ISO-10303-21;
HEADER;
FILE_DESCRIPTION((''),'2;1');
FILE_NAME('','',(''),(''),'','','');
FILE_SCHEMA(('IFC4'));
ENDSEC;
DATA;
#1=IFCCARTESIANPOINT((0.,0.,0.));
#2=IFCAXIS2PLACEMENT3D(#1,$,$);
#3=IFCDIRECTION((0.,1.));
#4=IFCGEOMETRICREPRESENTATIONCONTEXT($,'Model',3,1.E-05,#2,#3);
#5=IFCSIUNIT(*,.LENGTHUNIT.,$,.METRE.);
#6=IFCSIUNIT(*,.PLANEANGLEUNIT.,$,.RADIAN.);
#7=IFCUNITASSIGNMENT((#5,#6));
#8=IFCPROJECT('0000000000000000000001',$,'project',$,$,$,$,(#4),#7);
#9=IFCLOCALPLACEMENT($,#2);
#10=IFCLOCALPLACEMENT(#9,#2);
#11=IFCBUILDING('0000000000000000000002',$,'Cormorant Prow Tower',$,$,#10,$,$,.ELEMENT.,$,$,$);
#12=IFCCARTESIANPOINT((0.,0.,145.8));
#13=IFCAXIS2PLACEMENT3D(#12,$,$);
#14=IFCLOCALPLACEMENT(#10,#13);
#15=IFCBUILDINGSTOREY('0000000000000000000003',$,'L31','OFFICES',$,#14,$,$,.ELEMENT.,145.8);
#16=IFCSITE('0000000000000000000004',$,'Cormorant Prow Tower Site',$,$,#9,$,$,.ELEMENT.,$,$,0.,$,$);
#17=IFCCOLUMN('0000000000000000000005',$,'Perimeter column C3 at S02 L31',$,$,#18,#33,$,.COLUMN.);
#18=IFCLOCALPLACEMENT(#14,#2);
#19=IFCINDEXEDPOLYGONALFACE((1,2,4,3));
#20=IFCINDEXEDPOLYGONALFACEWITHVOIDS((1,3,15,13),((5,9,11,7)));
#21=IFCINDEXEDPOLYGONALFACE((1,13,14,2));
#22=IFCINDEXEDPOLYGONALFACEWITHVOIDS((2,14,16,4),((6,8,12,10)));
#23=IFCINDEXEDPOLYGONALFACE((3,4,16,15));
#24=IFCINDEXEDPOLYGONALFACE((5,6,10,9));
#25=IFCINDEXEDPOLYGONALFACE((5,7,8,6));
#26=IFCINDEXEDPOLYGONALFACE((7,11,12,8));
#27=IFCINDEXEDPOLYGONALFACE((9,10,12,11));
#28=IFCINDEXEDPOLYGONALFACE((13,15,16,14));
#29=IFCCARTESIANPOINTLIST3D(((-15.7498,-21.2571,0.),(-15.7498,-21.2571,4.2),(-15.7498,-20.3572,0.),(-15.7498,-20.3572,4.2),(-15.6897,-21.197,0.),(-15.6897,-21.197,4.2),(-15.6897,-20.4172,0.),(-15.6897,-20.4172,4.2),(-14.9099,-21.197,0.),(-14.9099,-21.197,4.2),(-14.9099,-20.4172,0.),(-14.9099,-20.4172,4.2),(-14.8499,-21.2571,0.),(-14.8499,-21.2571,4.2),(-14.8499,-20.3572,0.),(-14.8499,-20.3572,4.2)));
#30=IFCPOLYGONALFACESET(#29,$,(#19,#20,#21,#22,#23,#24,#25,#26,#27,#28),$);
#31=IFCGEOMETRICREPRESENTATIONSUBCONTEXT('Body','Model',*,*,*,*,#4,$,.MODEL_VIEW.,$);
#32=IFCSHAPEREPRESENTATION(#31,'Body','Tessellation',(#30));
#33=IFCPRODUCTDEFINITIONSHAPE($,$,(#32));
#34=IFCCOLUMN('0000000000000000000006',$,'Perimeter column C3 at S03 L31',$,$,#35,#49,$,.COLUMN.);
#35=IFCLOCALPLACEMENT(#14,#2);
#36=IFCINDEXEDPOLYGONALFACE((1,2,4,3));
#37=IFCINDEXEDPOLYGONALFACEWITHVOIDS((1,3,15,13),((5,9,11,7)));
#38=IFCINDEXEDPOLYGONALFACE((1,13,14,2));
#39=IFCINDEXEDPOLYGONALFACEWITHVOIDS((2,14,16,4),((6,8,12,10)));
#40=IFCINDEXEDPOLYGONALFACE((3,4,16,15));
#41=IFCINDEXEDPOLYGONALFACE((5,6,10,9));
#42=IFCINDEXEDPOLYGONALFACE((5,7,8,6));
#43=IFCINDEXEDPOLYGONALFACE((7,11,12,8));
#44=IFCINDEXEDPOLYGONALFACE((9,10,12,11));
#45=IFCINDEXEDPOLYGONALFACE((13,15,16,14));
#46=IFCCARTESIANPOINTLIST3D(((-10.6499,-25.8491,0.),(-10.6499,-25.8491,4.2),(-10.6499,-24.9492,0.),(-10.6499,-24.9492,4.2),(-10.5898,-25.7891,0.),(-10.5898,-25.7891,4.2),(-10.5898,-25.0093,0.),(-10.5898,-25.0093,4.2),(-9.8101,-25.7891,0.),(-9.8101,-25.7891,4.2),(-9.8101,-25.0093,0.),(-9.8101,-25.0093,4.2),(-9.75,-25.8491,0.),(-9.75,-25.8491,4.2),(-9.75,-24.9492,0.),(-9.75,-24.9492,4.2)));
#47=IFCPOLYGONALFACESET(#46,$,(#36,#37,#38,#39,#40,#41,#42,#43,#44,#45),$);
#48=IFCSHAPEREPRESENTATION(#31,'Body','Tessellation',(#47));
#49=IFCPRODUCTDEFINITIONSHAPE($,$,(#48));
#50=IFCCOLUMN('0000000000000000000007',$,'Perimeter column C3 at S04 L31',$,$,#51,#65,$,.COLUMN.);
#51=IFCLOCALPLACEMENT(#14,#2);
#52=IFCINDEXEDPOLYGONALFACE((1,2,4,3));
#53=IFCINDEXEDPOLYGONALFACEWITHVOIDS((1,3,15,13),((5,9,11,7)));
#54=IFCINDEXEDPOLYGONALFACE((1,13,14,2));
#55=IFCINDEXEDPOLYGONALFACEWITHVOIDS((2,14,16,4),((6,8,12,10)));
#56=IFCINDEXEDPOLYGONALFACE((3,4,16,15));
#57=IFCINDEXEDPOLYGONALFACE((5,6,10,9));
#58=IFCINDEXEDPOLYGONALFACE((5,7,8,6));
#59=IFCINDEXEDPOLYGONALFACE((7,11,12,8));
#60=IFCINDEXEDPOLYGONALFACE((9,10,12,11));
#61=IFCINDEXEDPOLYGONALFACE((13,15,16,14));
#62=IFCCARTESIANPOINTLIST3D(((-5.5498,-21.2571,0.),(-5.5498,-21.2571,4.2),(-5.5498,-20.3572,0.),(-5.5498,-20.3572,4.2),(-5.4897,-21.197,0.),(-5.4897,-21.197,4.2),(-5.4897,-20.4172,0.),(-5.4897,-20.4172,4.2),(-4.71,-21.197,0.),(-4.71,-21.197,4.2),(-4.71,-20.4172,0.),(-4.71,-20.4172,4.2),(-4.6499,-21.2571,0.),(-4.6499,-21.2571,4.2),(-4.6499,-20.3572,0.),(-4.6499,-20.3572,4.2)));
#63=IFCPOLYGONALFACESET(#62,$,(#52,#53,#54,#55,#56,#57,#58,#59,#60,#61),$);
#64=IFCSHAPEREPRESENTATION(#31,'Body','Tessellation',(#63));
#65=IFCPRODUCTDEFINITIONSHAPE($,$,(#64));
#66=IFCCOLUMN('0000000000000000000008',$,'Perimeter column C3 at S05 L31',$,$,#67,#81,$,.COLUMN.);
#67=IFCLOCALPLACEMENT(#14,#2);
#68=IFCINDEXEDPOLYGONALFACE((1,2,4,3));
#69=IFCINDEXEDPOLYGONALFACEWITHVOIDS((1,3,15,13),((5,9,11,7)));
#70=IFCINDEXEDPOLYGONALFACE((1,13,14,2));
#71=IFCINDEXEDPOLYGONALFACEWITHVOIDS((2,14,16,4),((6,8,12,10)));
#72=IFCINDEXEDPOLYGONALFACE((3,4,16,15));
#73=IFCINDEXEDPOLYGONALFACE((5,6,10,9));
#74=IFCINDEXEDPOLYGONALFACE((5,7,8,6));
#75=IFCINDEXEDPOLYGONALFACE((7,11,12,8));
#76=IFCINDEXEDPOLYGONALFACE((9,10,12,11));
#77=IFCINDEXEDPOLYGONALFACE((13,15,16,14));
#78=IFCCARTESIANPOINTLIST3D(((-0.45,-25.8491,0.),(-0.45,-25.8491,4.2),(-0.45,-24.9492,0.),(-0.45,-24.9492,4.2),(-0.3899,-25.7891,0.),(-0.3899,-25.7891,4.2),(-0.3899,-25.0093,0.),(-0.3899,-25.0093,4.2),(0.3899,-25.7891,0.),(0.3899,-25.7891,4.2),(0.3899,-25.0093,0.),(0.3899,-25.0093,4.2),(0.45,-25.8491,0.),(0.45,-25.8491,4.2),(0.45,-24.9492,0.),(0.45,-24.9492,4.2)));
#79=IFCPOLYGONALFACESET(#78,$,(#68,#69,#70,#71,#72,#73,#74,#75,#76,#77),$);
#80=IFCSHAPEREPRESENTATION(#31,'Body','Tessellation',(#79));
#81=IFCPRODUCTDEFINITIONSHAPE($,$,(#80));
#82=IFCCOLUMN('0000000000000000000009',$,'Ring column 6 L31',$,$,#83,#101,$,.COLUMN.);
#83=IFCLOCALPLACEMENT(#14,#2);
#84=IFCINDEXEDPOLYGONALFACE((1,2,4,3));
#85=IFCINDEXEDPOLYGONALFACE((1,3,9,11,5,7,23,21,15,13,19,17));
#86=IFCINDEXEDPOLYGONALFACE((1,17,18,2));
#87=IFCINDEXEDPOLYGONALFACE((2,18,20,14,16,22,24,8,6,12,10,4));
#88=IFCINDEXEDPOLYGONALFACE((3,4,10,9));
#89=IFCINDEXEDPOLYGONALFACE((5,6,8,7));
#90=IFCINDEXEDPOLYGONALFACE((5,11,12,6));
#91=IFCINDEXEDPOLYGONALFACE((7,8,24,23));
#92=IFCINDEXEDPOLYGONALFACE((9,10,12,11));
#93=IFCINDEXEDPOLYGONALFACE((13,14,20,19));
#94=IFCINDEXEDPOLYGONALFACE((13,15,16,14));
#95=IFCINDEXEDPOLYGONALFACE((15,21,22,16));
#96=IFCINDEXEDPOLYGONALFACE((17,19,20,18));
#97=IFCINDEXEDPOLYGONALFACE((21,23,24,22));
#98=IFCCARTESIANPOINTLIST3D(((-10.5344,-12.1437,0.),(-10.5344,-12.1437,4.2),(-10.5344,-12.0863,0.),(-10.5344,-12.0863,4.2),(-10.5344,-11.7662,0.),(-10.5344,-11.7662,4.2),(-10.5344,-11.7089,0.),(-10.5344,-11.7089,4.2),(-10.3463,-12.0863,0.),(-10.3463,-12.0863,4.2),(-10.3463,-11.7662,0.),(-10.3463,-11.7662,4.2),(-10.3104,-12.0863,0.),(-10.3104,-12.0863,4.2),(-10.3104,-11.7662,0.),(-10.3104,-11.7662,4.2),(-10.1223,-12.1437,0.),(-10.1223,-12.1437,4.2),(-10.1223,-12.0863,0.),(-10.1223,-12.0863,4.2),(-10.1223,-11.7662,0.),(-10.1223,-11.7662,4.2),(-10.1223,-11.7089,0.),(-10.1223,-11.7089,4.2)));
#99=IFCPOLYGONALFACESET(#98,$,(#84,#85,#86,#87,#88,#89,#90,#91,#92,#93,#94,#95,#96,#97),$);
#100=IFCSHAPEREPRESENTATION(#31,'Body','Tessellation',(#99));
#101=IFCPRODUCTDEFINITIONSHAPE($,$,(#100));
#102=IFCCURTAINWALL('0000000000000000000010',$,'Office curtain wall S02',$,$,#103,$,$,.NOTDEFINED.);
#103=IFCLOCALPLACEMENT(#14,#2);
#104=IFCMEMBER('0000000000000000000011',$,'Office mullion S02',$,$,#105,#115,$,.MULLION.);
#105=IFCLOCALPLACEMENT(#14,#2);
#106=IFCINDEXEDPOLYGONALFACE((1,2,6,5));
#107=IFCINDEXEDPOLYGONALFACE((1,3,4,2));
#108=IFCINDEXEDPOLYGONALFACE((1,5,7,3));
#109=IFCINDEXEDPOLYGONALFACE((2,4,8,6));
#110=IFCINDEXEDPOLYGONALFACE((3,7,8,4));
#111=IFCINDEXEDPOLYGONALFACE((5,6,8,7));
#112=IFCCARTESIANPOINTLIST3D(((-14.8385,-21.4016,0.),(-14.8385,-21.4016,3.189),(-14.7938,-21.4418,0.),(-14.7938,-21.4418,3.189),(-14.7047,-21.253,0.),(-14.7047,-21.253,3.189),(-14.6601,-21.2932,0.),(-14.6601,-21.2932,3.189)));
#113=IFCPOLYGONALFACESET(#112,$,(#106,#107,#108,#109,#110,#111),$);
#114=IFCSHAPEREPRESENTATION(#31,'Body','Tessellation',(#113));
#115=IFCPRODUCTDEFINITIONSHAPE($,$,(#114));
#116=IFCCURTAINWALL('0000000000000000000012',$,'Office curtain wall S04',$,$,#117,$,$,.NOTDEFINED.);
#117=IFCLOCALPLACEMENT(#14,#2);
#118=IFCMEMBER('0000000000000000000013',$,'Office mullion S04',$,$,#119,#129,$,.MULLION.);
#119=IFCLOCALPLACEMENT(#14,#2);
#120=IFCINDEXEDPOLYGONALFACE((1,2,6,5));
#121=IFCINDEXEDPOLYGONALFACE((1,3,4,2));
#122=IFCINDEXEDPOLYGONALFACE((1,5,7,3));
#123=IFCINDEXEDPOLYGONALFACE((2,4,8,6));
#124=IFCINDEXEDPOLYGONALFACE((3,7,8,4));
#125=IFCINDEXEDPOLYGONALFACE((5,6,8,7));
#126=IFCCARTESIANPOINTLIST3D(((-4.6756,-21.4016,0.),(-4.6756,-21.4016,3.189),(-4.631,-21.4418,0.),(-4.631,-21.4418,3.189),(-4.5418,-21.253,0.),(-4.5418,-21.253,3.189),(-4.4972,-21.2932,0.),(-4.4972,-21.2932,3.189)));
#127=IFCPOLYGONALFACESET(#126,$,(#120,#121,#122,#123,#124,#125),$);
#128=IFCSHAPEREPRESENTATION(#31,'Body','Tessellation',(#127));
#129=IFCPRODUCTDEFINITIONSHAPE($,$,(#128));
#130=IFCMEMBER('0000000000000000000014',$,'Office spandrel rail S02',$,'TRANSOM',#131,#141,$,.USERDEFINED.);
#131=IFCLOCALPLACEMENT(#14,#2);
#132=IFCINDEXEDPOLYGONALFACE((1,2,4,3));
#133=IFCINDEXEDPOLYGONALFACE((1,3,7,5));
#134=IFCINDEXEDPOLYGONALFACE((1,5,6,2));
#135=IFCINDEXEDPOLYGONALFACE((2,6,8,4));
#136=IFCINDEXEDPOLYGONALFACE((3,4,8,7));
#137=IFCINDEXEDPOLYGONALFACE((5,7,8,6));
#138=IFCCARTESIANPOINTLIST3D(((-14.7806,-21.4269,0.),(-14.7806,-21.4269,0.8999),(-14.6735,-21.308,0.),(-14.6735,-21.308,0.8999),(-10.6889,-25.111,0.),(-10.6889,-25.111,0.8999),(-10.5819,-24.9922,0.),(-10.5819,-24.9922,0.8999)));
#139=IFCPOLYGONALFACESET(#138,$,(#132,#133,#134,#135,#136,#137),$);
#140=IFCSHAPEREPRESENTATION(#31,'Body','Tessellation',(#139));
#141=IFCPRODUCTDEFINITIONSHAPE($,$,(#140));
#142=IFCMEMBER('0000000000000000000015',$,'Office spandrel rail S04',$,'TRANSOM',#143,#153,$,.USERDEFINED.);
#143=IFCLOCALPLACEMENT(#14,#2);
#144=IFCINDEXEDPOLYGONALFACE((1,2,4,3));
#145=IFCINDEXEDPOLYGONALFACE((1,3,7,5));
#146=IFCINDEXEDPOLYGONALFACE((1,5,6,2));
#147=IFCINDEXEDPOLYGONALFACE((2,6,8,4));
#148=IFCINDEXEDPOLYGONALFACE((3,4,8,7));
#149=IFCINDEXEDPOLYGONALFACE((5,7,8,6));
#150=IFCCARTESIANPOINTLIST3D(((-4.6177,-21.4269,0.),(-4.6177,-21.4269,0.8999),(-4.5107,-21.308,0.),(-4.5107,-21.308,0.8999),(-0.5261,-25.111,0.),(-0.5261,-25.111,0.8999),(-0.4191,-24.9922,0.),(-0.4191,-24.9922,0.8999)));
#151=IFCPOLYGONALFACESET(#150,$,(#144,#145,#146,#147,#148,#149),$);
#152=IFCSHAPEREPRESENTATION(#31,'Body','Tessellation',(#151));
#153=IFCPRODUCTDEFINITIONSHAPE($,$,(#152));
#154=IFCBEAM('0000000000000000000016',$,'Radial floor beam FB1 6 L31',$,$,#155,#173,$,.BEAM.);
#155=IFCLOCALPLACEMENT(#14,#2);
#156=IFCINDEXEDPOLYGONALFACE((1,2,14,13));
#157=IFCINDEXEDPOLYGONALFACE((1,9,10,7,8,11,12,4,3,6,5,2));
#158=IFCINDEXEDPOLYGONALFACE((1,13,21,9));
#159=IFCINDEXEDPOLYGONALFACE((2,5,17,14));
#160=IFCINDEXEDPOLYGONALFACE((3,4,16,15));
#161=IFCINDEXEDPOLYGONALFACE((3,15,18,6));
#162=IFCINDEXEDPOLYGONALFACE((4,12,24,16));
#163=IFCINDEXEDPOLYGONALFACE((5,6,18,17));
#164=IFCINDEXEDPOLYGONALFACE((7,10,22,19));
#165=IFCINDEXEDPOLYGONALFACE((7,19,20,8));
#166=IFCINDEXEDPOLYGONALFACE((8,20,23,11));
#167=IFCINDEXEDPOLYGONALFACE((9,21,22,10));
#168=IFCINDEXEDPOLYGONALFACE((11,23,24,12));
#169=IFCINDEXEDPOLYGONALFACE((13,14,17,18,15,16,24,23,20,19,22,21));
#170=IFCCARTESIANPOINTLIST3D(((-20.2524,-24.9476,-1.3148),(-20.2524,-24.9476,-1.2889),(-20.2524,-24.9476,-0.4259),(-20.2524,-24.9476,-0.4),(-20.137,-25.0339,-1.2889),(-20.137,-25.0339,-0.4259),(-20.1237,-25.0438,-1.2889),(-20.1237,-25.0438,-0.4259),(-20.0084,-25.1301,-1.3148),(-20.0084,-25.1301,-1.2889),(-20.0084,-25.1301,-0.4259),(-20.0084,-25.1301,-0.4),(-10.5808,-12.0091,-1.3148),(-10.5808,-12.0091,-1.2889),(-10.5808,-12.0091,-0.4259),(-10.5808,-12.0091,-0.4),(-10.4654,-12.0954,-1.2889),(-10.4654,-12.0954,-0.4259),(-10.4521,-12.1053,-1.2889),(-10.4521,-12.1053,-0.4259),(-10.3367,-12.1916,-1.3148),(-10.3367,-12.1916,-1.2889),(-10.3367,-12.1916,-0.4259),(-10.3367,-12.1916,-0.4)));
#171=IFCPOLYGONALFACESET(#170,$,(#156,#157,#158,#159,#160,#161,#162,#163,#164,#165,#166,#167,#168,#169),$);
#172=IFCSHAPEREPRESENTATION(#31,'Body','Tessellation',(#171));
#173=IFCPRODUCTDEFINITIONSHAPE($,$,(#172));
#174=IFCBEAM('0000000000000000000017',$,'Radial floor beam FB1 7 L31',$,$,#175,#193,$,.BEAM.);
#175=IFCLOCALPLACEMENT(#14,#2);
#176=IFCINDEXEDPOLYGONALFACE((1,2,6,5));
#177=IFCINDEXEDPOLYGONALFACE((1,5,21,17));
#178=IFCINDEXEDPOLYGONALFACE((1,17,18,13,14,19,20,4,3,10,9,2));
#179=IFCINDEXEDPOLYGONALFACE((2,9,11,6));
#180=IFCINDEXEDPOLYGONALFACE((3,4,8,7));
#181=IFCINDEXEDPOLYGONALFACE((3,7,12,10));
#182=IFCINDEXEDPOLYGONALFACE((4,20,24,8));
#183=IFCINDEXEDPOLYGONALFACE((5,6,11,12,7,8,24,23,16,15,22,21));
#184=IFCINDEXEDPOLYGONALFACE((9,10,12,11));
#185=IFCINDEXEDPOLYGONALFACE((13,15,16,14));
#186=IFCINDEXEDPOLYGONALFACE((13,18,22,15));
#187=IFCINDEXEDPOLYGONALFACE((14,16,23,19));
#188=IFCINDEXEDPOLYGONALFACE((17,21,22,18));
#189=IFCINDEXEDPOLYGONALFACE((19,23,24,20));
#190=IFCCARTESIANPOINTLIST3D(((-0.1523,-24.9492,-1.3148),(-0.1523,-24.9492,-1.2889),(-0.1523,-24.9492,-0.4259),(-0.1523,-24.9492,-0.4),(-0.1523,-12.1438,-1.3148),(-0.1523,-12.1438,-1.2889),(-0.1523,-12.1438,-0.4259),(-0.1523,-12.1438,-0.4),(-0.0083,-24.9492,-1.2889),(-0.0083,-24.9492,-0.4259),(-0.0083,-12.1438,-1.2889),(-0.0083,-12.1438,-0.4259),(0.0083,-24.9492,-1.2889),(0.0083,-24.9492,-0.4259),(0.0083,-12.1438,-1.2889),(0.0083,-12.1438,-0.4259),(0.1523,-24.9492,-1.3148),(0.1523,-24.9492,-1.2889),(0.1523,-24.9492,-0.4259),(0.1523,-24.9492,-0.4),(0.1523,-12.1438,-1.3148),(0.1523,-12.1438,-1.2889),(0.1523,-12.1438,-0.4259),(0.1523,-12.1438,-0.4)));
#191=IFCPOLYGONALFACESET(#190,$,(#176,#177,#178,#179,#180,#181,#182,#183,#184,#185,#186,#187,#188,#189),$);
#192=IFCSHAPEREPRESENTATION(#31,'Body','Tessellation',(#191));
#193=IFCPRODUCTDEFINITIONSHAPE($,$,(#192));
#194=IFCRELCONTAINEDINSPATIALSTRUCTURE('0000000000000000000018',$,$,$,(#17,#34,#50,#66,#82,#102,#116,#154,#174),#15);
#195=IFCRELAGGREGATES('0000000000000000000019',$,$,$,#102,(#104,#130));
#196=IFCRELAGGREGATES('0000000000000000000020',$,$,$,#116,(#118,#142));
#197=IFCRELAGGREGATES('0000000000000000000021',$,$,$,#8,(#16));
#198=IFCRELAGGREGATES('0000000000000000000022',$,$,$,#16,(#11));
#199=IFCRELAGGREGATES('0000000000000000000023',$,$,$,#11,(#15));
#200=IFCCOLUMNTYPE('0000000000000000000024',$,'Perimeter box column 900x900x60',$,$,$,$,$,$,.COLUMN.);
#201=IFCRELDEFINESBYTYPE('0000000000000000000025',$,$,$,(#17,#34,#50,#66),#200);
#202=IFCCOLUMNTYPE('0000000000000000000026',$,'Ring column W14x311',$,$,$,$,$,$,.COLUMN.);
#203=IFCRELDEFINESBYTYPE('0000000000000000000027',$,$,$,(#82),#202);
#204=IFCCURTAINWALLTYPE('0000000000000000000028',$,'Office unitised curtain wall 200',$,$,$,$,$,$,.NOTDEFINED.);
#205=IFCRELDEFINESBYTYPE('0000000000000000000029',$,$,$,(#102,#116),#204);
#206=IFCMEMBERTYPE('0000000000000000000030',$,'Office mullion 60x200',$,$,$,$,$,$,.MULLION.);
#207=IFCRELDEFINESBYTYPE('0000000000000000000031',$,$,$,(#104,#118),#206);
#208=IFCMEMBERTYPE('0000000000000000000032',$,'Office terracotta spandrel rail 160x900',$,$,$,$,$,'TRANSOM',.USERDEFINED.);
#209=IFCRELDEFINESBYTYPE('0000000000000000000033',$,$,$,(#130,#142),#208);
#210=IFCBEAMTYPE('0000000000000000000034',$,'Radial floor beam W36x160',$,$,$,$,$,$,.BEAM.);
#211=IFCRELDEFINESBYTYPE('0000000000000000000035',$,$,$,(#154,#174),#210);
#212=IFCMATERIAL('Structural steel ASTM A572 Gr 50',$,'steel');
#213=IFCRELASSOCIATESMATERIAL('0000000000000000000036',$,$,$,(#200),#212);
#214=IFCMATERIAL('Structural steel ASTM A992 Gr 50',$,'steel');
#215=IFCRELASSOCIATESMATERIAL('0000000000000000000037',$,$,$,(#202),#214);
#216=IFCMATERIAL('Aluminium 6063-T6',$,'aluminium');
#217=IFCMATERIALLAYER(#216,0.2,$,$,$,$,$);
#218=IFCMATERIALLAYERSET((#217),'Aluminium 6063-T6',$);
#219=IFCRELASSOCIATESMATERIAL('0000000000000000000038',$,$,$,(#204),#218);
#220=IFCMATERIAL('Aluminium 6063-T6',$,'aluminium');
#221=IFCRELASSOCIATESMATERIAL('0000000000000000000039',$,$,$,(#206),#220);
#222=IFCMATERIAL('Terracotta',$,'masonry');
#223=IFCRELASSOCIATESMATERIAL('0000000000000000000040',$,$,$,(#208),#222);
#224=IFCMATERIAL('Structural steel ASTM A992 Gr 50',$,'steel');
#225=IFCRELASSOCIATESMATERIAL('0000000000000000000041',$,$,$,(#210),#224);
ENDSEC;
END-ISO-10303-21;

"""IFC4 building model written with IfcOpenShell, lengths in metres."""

from ifc_helpers import new_model, si_unit, direction, frame, origin, origin_2d, place, context, subcontext, project, spatial, rectangle, hollow_rectangle, i_section, extrude, material, layer, layer_set, material_profile, profile_set, type_object, element, aggregate, save


model = new_model("IFC4")

# Units and contexts
model_context = context("Model", 3, precision=1e-05, world=origin(), true_north=direction((0.0, 1.0)))
body_context = subcontext(model_context, "Body", "Model", "MODEL_VIEW")
ifc_project = project(units=[si_unit("LENGTHUNIT", "METRE"), si_unit("PLANEANGLEUNIT", "RADIAN")], contexts=[model_context])

# Site, building, storey
site_placement = place(None, origin())
site = spatial("IfcSite", under=ifc_project, at=site_placement, Name="Cormorant Prow Tower Site", CompositionType="ELEMENT", RefElevation=0.0)
building_placement = place(site_placement, origin())
building = spatial("IfcBuilding", under=site, at=building_placement, Name="Cormorant Prow Tower", CompositionType="ELEMENT")
storey_placement = place(building_placement, frame((0.0, 0.0, 145.8)))
storey = spatial("IfcBuildingStorey", under=building, at=storey_placement, Name="L31", Description="OFFICES", CompositionType="ELEMENT", Elevation=145.8)

# Columns
ifc_material_1 = material(Name="Structural steel ASTM A572 Gr 50", Category="steel")
ifc_material_profile_1 = material_profile(ifc_material_1, hollow_rectangle(XDim=0.8999, YDim=0.8999, WallThickness=0.0601, at=origin_2d()), Name="Box 900x900x60")
ifc_profile_set_1 = profile_set([ifc_material_profile_1], Name="Structural steel ASTM A572 Gr 50")
column_type_1 = type_object("IfcColumnType", Name="Perimeter box column 900x900x60", PredefinedType="COLUMN", material=ifc_profile_set_1)
for number, where, z_axis, x_axis, name in (
    (1, (-15.2998, -20.8071, 0.0), (0.0, 0.0, 1.0), (1.0, 0.0, 0.0), "Perimeter column C3 at S02 L31"),
    (2, (-10.2, -25.3992, 0.0), (0.0, 0.0, 1.0), (1.0, 0.0, 0.0), "Perimeter column C3 at S03 L31"),
    (3, (-5.0999, -20.8071, 0.0), (0.0, 0.0, 1.0), (1.0, 0.0, 0.0), "Perimeter column C3 at S04 L31"),
    (4, (0.0, -25.3992, 0.0), (0.0, 0.0, 1.0), (1.0, 0.0, 0.0), "Perimeter column C3 at S05 L31"),
):
    element("IfcColumn", number, at=place(storey_placement, frame(where, z_axis=z_axis, x_axis=x_axis)), inside=storey, type_object=column_type_1, Name=name, PredefinedType="COLUMN", context=body_context, shape_type="SweptSolid", body=[
        extrude(hollow_rectangle(XDim=0.8999, YDim=0.8999, WallThickness=0.0601, at=origin_2d()), origin(), (0.0, 0.0, 1.0), 4.2),
    ])
ifc_material_2 = material(Name="Structural steel ASTM A992 Gr 50", Category="steel")
ifc_material_profile_2 = material_profile(ifc_material_2, i_section(OverallWidth=0.4121, OverallDepth=0.4348, WebThickness=0.0359, FlangeThickness=0.0574, at=origin_2d()), Name="W14x311")
ifc_profile_set_2 = profile_set([ifc_material_profile_2], Name="Structural steel ASTM A992 Gr 50")
column_type_2 = type_object("IfcColumnType", Name="Ring column W14x311", PredefinedType="COLUMN", material=ifc_profile_set_2)
column_placement = place(storey_placement, frame((-10.3284, -11.9263, 0.0), z_axis=(0.0, 0.0, 1.0), x_axis=(1.0, 0.0, 0.0)))
element("IfcColumn", 5, at=column_placement, inside=storey, type_object=column_type_2, Name="Ring column 6 L31", PredefinedType="COLUMN", context=body_context, shape_type="SweptSolid", body=[
    extrude(i_section(OverallWidth=0.4121, OverallDepth=0.4348, WebThickness=0.0359, FlangeThickness=0.0574, at=origin_2d()), origin(), (0.0, 0.0, 1.0), 4.2),
])

# Curtain walls, members
ifc_material_3 = material(Name="Aluminium 6063-T6", Category="aluminium")
ifc_layer_1 = layer(ifc_material_3, 0.2)
ifc_layer_set_1 = layer_set([ifc_layer_1], Name="Aluminium 6063-T6")
curtain_wall_type = type_object("IfcCurtainWallType", Name="Office unitised curtain wall 200", PredefinedType="NOTDEFINED", material=ifc_layer_set_1)
curtain_wall_1_placement = place(storey_placement, origin())
curtain_wall_1 = element("IfcCurtainWall", 6, at=curtain_wall_1_placement, inside=storey, type_object=curtain_wall_type, Name="Office curtain wall S02", PredefinedType="NOTDEFINED")
ifc_material_4 = material(Name="Aluminium 6063-T6", Category="aluminium")
ifc_material_profile_3 = material_profile(ifc_material_4, rectangle(XDim=0.2, YDim=0.0601, at=origin_2d()), Name="Office mullion 60x200")
ifc_profile_set_3 = profile_set([ifc_material_profile_3], Name="Aluminium 6063-T6")
member_type_1 = type_object("IfcMemberType", Name="Office mullion 60x200", PredefinedType="MULLION", material=ifc_profile_set_3)
member_1_placement = place(storey_placement, frame((-14.7493, -21.3474, 0.0), z_axis=(0.0, 0.0, 1.0), x_axis=(0.669131, 0.743145, 0.0)))
member_1 = element("IfcMember", 7, at=member_1_placement, type_object=member_type_1, Name="Office mullion S02", PredefinedType="MULLION", context=body_context, shape_type="SweptSolid", body=[
    extrude(rectangle(XDim=0.2, YDim=0.0601, at=origin_2d()), origin(), (0.0, 0.0, 1.0), 3.189),
])
curtain_wall_2_placement = place(storey_placement, origin())
curtain_wall_2 = element("IfcCurtainWall", 8, at=curtain_wall_2_placement, inside=storey, type_object=curtain_wall_type, Name="Office curtain wall S04", PredefinedType="NOTDEFINED")
member_2_placement = place(storey_placement, frame((-4.5864, -21.3474, 0.0), z_axis=(0.0, 0.0, 1.0), x_axis=(0.669131, 0.743145, 0.0)))
member_2 = element("IfcMember", 9, at=member_2_placement, type_object=member_type_1, Name="Office mullion S04", PredefinedType="MULLION", context=body_context, shape_type="SweptSolid", body=[
    extrude(rectangle(XDim=0.2, YDim=0.0601, at=origin_2d()), origin(), (0.0, 0.0, 1.0), 3.189),
])

# Members
ifc_material_5 = material(Name="Terracotta", Category="masonry")
ifc_material_profile_4 = material_profile(ifc_material_5, rectangle(XDim=0.1599, YDim=0.8999, at=origin_2d()), Name="Office terracotta spandrel rail 160x900")
ifc_profile_set_4 = profile_set([ifc_material_profile_4], Name="Terracotta")
member_type_2 = type_object("IfcMemberType", Name="Office terracotta spandrel rail 160x900", ElementType="TRANSOM", PredefinedType="USERDEFINED", material=ifc_profile_set_4)
member_3_placement = place(storey_placement, frame((-14.7271, -21.3674, 0.45), z_axis=(0.743142, -0.669134, 0.0), x_axis=(0.669134, 0.743142, 0.0)))
member_3 = element("IfcMember", 10, at=member_3_placement, type_object=member_type_2, Name="Office spandrel rail S02", ObjectType="TRANSOM", PredefinedType="USERDEFINED", context=body_context, shape_type="SweptSolid", body=[
    extrude(rectangle(XDim=0.1599, YDim=0.8999, at=origin_2d()), origin(), (0.0, 0.0, 1.0), 5.5059),
])
member_4_placement = place(storey_placement, frame((-4.5642, -21.3674, 0.45), z_axis=(0.743142, -0.669134, 0.0), x_axis=(0.669134, 0.743142, 0.0)))
member_4 = element("IfcMember", 11, at=member_4_placement, type_object=member_type_2, Name="Office spandrel rail S04", ObjectType="TRANSOM", PredefinedType="USERDEFINED", context=body_context, shape_type="SweptSolid", body=[
    extrude(rectangle(XDim=0.1599, YDim=0.8999, at=origin_2d()), origin(), (0.0, 0.0, 1.0), 5.5059),
])

# Beams
ifc_material_6 = material(Name="Structural steel ASTM A992 Gr 50", Category="steel")
ifc_material_profile_5 = material_profile(ifc_material_6, i_section(OverallWidth=0.3047, OverallDepth=0.9148, WebThickness=0.0166, FlangeThickness=0.0259, at=origin_2d()), Name="W36x160")
ifc_profile_set_5 = profile_set([ifc_material_profile_5], Name="Structural steel ASTM A992 Gr 50")
beam_type_1 = type_object("IfcBeamType", Name="Radial floor beam W36x160", PredefinedType="BEAM", material=ifc_profile_set_5)
beam_1_placement = place(storey_placement, frame((-10.4587, -12.1003, -0.8574), z_axis=(-0.598722, -0.800957, 0.0), x_axis=(0.800957, -0.598722, 0.0)))
element("IfcBeam", 12, at=beam_1_placement, inside=storey, type_object=beam_type_1, Name="Radial floor beam FB1 6 L31", PredefinedType="BEAM", context=body_context, shape_type="SweptSolid", body=[
    extrude(i_section(OverallWidth=0.3047, OverallDepth=0.9148, WebThickness=0.0166, FlangeThickness=0.0259, at=origin_2d()), origin(), (0.0, 0.0, 1.0), 16.1538),
])
beam_2_placement = place(storey_placement, frame((0.0, -12.1438, -0.8574), z_axis=(0.0, -1.0, 0.0), x_axis=(1.0, 0.0, 0.0)))
element("IfcBeam", 13, at=beam_2_placement, inside=storey, type_object=beam_type_1, Name="Radial floor beam FB1 7 L31", PredefinedType="BEAM", context=body_context, shape_type="SweptSolid", body=[
    extrude(i_section(OverallWidth=0.3047, OverallDepth=0.9148, WebThickness=0.0166, FlangeThickness=0.0259, at=origin_2d()), origin(), (0.0, 0.0, 1.0), 12.8054),
])

aggregate(curtain_wall_1, [member_1, member_3])
aggregate(curtain_wall_2, [member_2, member_4])

save(model, "model.ifc")
